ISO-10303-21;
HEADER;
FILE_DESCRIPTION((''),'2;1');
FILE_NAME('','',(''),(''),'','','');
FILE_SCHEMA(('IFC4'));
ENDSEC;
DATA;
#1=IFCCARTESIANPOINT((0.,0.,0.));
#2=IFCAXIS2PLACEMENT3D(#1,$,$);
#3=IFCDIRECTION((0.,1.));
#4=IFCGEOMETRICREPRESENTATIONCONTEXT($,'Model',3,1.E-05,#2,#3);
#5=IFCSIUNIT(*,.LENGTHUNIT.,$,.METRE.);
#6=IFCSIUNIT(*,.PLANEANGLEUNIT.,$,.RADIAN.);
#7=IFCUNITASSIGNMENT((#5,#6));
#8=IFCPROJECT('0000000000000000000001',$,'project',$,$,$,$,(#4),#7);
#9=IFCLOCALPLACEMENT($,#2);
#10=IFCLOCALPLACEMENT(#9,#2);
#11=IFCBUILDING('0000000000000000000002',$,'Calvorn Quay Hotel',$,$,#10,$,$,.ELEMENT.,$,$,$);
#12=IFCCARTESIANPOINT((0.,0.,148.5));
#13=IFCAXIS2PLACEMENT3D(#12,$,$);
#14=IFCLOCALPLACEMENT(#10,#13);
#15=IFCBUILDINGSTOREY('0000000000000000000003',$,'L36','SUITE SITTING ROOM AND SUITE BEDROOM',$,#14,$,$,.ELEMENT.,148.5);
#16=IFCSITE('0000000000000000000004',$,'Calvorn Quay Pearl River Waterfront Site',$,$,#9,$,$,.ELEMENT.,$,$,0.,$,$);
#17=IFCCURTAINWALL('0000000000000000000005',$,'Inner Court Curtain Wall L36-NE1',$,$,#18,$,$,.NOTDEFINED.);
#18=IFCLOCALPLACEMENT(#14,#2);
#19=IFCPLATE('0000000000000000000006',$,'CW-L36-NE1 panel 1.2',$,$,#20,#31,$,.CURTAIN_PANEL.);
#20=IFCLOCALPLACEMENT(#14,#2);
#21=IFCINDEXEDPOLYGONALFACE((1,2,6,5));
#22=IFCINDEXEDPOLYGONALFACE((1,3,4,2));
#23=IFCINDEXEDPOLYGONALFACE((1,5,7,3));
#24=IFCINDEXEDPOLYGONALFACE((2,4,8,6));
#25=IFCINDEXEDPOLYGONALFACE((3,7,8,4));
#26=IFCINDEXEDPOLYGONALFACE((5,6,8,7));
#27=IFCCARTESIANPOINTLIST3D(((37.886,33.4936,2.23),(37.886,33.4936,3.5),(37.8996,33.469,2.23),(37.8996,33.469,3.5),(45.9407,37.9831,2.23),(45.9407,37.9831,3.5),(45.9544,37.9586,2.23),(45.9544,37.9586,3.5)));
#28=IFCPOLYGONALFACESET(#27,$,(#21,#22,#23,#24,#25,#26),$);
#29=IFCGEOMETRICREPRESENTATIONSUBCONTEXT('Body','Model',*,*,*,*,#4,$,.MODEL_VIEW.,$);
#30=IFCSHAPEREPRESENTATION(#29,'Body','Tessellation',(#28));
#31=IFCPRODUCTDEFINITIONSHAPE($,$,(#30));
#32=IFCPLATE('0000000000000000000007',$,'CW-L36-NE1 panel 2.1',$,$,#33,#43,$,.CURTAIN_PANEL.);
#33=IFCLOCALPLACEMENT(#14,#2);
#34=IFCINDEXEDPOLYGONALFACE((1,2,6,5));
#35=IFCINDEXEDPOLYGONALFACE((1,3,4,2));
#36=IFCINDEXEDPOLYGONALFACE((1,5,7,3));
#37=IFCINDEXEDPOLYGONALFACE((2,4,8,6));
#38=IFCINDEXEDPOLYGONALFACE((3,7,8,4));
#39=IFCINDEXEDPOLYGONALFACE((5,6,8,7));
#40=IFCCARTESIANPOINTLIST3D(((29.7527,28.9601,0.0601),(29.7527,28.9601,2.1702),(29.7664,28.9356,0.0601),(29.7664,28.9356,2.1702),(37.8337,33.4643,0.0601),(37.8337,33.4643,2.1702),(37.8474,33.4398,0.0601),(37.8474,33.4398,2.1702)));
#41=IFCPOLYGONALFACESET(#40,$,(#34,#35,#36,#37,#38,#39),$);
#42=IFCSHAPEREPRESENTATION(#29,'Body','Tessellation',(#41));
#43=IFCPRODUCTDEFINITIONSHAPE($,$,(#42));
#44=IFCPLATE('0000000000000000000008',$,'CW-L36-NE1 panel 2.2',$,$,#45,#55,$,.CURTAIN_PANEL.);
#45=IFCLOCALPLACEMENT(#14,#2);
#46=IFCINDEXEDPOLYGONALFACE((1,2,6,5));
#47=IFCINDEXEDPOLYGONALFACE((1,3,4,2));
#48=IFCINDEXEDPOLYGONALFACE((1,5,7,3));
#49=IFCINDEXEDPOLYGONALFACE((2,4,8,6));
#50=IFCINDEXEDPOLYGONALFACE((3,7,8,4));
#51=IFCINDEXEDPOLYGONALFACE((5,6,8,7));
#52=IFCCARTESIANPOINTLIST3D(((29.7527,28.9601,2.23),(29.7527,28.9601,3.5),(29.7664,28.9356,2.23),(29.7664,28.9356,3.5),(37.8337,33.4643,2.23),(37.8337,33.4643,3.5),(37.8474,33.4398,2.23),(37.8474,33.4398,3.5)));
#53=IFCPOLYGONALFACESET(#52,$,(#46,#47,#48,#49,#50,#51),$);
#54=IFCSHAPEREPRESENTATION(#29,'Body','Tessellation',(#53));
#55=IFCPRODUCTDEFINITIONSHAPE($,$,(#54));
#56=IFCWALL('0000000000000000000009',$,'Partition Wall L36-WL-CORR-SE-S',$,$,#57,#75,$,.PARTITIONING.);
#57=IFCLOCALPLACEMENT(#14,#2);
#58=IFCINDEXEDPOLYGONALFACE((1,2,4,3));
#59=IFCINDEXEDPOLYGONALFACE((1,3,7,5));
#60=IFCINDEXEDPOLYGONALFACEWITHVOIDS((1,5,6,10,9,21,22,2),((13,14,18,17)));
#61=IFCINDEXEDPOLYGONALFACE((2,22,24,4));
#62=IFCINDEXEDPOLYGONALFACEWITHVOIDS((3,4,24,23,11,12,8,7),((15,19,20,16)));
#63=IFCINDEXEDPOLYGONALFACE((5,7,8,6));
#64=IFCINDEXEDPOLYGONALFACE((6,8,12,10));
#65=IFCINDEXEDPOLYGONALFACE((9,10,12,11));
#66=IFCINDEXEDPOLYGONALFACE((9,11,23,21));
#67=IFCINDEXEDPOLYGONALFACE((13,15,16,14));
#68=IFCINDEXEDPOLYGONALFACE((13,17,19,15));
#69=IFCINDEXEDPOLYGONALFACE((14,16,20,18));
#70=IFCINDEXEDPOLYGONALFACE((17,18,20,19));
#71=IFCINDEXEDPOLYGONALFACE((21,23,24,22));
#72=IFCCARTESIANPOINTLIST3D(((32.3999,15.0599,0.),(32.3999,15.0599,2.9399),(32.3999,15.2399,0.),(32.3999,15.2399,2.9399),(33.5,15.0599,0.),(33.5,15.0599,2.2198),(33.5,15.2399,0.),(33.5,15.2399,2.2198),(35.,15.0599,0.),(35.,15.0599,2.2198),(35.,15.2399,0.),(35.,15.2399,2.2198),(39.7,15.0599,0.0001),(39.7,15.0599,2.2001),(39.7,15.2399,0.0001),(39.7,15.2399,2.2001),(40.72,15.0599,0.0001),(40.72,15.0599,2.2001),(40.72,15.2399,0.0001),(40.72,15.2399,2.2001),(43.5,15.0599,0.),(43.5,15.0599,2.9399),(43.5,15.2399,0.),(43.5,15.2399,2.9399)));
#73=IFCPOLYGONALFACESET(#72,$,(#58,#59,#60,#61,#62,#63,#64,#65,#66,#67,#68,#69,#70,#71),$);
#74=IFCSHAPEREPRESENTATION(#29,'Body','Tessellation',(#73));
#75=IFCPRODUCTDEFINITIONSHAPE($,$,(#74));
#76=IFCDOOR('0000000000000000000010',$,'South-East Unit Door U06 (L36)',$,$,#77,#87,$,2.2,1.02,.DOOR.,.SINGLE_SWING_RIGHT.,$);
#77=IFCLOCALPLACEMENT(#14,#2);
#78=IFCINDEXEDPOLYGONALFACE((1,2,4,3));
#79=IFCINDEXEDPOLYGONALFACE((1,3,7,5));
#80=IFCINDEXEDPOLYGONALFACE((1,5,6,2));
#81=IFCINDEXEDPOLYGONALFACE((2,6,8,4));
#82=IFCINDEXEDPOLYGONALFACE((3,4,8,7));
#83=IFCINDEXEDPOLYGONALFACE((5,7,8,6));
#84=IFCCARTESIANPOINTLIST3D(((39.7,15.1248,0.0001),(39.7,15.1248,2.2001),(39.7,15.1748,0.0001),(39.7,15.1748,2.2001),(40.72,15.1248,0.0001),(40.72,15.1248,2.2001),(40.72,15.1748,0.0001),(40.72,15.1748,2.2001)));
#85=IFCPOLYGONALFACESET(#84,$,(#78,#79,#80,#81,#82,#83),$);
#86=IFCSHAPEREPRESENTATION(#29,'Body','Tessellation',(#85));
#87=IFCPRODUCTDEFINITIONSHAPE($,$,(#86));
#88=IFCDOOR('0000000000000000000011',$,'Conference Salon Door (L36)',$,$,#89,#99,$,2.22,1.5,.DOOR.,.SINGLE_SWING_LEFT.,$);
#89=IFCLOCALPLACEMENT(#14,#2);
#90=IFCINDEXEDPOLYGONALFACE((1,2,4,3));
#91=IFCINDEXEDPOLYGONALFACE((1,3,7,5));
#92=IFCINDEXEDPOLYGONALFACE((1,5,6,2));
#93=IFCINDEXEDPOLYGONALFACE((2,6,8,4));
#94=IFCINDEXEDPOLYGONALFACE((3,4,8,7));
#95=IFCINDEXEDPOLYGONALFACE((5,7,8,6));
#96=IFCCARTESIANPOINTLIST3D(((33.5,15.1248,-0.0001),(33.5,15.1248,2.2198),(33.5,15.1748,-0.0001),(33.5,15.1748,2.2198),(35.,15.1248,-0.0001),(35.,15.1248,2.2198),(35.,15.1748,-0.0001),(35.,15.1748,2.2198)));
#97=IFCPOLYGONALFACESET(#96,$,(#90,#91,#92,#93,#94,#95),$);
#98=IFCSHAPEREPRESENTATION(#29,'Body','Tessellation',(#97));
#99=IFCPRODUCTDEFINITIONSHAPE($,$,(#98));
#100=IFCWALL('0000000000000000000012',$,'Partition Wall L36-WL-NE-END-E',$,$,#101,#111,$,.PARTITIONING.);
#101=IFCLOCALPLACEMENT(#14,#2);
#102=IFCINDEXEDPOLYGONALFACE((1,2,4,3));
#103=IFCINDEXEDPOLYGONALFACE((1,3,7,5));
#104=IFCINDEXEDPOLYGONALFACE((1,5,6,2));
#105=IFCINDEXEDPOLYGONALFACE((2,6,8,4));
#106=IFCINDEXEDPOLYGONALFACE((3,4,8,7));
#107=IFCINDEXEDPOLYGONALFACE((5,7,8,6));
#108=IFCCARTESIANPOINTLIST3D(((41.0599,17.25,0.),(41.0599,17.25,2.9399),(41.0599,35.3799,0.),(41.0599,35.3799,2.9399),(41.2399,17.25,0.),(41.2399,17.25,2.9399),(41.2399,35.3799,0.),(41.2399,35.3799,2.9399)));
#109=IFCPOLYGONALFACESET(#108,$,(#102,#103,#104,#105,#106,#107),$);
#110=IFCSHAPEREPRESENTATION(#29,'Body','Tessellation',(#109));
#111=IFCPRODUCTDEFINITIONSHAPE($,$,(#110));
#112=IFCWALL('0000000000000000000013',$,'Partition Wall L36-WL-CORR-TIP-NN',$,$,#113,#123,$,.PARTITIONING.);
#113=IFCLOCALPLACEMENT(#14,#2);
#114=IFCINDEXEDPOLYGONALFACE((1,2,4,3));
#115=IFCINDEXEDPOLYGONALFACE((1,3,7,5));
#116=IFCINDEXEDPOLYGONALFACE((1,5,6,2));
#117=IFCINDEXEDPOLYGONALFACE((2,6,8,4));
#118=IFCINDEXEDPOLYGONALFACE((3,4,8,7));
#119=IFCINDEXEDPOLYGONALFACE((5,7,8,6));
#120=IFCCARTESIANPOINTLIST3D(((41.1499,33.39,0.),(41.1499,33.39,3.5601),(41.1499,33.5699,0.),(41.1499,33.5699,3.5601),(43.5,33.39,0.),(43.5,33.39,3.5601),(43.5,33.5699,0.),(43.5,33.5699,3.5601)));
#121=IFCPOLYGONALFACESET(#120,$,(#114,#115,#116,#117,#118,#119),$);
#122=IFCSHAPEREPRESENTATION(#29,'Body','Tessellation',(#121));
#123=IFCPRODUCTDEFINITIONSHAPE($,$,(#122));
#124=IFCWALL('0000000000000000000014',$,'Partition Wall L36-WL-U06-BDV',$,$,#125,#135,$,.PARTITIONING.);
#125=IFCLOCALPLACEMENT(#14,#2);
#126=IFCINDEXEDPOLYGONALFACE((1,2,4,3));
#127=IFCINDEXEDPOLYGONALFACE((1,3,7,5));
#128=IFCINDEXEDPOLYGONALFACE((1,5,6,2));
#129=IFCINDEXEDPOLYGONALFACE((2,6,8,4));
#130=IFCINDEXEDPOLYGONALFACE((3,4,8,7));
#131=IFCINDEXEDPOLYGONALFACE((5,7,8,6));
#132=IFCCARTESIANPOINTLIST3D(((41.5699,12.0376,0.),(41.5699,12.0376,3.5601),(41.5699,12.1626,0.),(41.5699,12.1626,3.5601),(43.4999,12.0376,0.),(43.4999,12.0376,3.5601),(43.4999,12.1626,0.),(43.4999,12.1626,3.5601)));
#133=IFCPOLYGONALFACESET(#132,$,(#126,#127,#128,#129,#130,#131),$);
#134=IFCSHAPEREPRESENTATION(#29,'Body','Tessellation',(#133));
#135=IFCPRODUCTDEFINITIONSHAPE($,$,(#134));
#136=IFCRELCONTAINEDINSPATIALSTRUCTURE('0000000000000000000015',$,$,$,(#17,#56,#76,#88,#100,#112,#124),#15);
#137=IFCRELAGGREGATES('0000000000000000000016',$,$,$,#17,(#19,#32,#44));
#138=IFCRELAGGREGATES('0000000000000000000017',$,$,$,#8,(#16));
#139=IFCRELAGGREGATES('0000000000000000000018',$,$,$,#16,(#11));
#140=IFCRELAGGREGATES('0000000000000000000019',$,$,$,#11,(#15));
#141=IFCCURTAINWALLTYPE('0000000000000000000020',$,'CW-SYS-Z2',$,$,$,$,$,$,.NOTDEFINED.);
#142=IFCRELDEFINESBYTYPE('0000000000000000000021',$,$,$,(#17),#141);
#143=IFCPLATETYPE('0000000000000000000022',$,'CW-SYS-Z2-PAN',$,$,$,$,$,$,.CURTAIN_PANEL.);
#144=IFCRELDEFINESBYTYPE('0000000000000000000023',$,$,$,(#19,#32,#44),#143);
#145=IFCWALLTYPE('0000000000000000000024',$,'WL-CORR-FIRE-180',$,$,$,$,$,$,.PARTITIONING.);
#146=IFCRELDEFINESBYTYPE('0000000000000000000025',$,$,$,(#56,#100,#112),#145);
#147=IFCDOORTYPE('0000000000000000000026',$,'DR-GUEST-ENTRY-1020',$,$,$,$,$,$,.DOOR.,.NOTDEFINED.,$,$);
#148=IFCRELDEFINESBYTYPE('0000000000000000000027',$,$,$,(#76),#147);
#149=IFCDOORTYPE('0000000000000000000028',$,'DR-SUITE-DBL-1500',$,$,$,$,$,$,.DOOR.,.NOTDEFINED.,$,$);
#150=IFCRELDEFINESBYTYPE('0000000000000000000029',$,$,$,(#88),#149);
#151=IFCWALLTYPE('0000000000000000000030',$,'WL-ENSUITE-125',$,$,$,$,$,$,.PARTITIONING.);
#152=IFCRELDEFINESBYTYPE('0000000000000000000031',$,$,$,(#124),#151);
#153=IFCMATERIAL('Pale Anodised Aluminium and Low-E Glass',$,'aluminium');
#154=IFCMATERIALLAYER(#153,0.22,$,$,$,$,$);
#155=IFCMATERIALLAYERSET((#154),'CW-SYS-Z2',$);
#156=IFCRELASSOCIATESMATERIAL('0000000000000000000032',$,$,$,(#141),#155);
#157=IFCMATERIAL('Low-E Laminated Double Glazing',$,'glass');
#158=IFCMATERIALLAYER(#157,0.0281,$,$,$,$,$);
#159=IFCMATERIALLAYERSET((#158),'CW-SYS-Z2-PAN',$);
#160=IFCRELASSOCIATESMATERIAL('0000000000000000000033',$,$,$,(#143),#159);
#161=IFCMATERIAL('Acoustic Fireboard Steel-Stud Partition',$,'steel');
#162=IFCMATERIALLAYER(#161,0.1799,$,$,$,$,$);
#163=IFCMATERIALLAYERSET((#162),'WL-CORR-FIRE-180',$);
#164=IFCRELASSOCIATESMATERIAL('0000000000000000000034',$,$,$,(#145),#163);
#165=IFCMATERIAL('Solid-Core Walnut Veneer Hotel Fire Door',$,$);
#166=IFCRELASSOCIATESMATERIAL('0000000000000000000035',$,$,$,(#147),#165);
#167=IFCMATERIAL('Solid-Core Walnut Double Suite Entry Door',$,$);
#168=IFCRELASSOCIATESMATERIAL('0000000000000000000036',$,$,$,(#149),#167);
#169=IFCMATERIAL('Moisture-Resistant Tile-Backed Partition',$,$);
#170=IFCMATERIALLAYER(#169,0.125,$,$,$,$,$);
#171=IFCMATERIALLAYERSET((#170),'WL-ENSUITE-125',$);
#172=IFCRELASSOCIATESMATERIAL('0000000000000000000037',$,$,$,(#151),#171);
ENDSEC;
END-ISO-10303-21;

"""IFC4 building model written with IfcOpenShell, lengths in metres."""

from ifc_helpers import new_model, si_unit, direction, frame, frame_2d, origin, origin_2d, place, context, subcontext, project, spatial, rectangle, extrude, material, layer, layer_set, type_object, element, fill, aggregate, save


model = new_model("IFC4")

# Units and contexts
model_context = context("Model", 3, precision=1e-05, world=origin(), true_north=direction((0.0, 1.0)))
body_context = subcontext(model_context, "Body", "Model", "MODEL_VIEW")
ifc_project = project(units=[si_unit("LENGTHUNIT", "METRE"), si_unit("PLANEANGLEUNIT", "RADIAN")], contexts=[model_context])

# Site, building, storey
site_placement = place(None, origin())
site = spatial("IfcSite", under=ifc_project, at=site_placement, Name="Calvorn Quay Pearl River Waterfront Site", CompositionType="ELEMENT", RefElevation=0.0)
building_placement = place(site_placement, origin())
building = spatial("IfcBuilding", under=site, at=building_placement, Name="Calvorn Quay Hotel", CompositionType="ELEMENT")
storey_placement = place(building_placement, frame((0.0, 0.0, 148.5)))
storey = spatial("IfcBuildingStorey", under=building, at=storey_placement, Name="L36", Description="SUITE SITTING ROOM AND SUITE BEDROOM", CompositionType="ELEMENT", Elevation=148.5)

# Curtain wall, plates
ifc_material_1 = material(Name="Pale Anodised Aluminium and Low-E Glass", Category="aluminium")
ifc_layer_1 = layer(ifc_material_1, 0.22)
ifc_layer_set_1 = layer_set([ifc_layer_1], Name="CW-SYS-Z2")
curtain_wall_type = type_object("IfcCurtainWallType", Name="CW-SYS-Z2", PredefinedType="NOTDEFINED", material=ifc_layer_set_1)
curtain_wall_placement = place(storey_placement, origin())
curtain_wall = element("IfcCurtainWall", 1, at=curtain_wall_placement, inside=storey, type_object=curtain_wall_type, Name="Inner Court Curtain Wall L36-NE1", PredefinedType="NOTDEFINED")
ifc_material_2 = material(Name="Low-E Laminated Double Glazing", Category="glass")
ifc_layer_2 = layer(ifc_material_2, 0.0281)
ifc_layer_set_2 = layer_set([ifc_layer_2], Name="CW-SYS-Z2-PAN")
plate_type = type_object("IfcPlateType", Name="CW-SYS-Z2-PAN", PredefinedType="CURTAIN_PANEL", material=ifc_layer_set_2)
plate_1_placement = place(storey_placement, frame((41.9202, 35.7261, 2.23), z_axis=(0.0, 0.0, 1.0), x_axis=(-0.873481, -0.486858, 0.0)))
plate_1 = element("IfcPlate", 2, at=plate_1_placement, type_object=plate_type, Name="CW-L36-NE1 panel 1.2", PredefinedType="CURTAIN_PANEL", context=body_context, shape_type="SweptSolid", body=[
    extrude(rectangle(XDim=9.2214, YDim=0.0281, at=origin_2d()), origin(), (0.0, 0.0, 1.0), 1.27),
])
plate_2_placement = place(storey_placement, frame((33.8, 31.2, 0.0601), z_axis=(0.0, 0.0, 1.0), x_axis=(-0.873481, -0.486858, 0.0)))
plate_2 = element("IfcPlate", 3, at=plate_2_placement, type_object=plate_type, Name="CW-L36-NE1 panel 2.1", PredefinedType="CURTAIN_PANEL", context=body_context, shape_type="SweptSolid", body=[
    extrude(rectangle(XDim=9.2515, YDim=0.0281, at=origin_2d()), origin(), (0.0, 0.0, 1.0), 2.1101),
])
plate_3_placement = place(storey_placement, frame((33.8, 31.2, 2.23), z_axis=(0.0, 0.0, 1.0), x_axis=(-0.873481, -0.486858, 0.0)))
plate_3 = element("IfcPlate", 4, at=plate_3_placement, type_object=plate_type, Name="CW-L36-NE1 panel 2.2", PredefinedType="CURTAIN_PANEL", context=body_context, shape_type="SweptSolid", body=[
    extrude(rectangle(XDim=9.2515, YDim=0.0281, at=origin_2d()), origin(), (0.0, 0.0, 1.0), 1.27),
])
aggregate(curtain_wall, [plate_1, plate_2, plate_3])

# Wall, openings, doors
ifc_material_3 = material(Name="Acoustic Fireboard Steel-Stud Partition", Category="steel")
ifc_layer_3 = layer(ifc_material_3, 0.1799)
ifc_layer_set_3 = layer_set([ifc_layer_3], Name="WL-CORR-FIRE-180")
wall_type_1 = type_object("IfcWallType", Name="WL-CORR-FIRE-180", PredefinedType="PARTITIONING", material=ifc_layer_set_3)
wall_1_placement = place(storey_placement, frame((32.3999, 15.1499, 0.0), z_axis=(0.0, 0.0, 1.0), x_axis=(1.0, 0.0, 0.0)))
wall_1 = element("IfcWall", 5, at=wall_1_placement, inside=storey, type_object=wall_type_1, Name="Partition Wall L36-WL-CORR-SE-S", PredefinedType="PARTITIONING", context=body_context, shape_type="SweptSolid", body=[
    extrude(rectangle(XDim=11.1001, YDim=0.1799, at=frame_2d((5.55, 0.0))), origin(), (0.0, 0.0, 1.0), 2.9399),
])
opening_1_placement = place(wall_1_placement, frame((1.1001, 0.0, 0.0)))
opening_1 = element("IfcOpeningElement", 6, at=opening_1_placement, cuts=wall_1, PredefinedType="OPENING", context=body_context, shape_type="SweptSolid", body=[
    extrude(rectangle(XDim=1.5, YDim=2.22, at=frame_2d((0.75, 1.1099))), frame((0.0, 0.0999, 0.0), z_axis=(0.0, -1.0, 0.0), x_axis=(1.0, 0.0, 0.0)), (0.0, 0.0, 1.0), 0.2),
])
opening_2_placement = place(wall_1_placement, frame((7.3, 0.0, 0.0)))
opening_2 = element("IfcOpeningElement", 7, at=opening_2_placement, cuts=wall_1, PredefinedType="OPENING", context=body_context, shape_type="SweptSolid", body=[
    extrude(rectangle(XDim=1.02, YDim=2.2, at=frame_2d((0.51, 1.1001))), frame((0.0, 0.0999, 0.0), z_axis=(0.0, -1.0, 0.0), x_axis=(1.0, 0.0, 0.0)), (0.0, 0.0, 1.0), 0.2),
])
ifc_material_4 = material(Name="Solid-Core Walnut Veneer Hotel Fire Door")
door_type_1 = type_object("IfcDoorType", Name="DR-GUEST-ENTRY-1020", OperationType="NOTDEFINED", PredefinedType="DOOR", material=ifc_material_4)
door_1_placement = place(opening_2_placement, origin())
door_1 = element("IfcDoor", 8, at=door_1_placement, inside=storey, type_object=door_type_1, Name="South-East Unit Door U06 (L36)", OperationType="SINGLE_SWING_RIGHT", OverallHeight=2.2, OverallWidth=1.02, PredefinedType="DOOR", context=body_context, shape_type="SweptSolid", body=[
    extrude(rectangle(XDim=1.02, YDim=2.2, at=frame_2d((0.51, 1.1001))), frame((0.0, 0.0249, 0.0), z_axis=(0.0, -1.0, 0.0), x_axis=(1.0, 0.0, 0.0)), (0.0, 0.0, 1.0), 0.05),
])
fill(opening_2, door_1)
ifc_material_5 = material(Name="Solid-Core Walnut Double Suite Entry Door")
door_type_2 = type_object("IfcDoorType", Name="DR-SUITE-DBL-1500", OperationType="NOTDEFINED", PredefinedType="DOOR", material=ifc_material_5)
door_2_placement = place(opening_1_placement, origin())
door_2 = element("IfcDoor", 9, at=door_2_placement, inside=storey, type_object=door_type_2, Name="Conference Salon Door (L36)", OperationType="SINGLE_SWING_LEFT", OverallHeight=2.22, OverallWidth=1.5, PredefinedType="DOOR", context=body_context, shape_type="SweptSolid", body=[
    extrude(rectangle(XDim=1.5, YDim=2.22, at=frame_2d((0.75, 1.1099))), frame((0.0, 0.0249, 0.0), z_axis=(0.0, -1.0, 0.0), x_axis=(1.0, 0.0, 0.0)), (0.0, 0.0, 1.0), 0.05),
])
fill(opening_1, door_2)

# Walls
wall_2_placement = place(storey_placement, frame((41.1499, 17.25, 0.0), z_axis=(0.0, 0.0, 1.0), x_axis=(0.0, 1.0, 0.0)))
element("IfcWall", 10, at=wall_2_placement, inside=storey, type_object=wall_type_1, Name="Partition Wall L36-WL-NE-END-E", PredefinedType="PARTITIONING", context=body_context, shape_type="SweptSolid", body=[
    extrude(rectangle(XDim=18.1299, YDim=0.1799, at=frame_2d((9.0649, 0.0))), origin(), (0.0, 0.0, 1.0), 2.9399),
])
wall_3_placement = place(storey_placement, frame((41.1499, 33.48, 0.0), z_axis=(0.0, 0.0, 1.0), x_axis=(1.0, 0.0, 0.0)))
element("IfcWall", 11, at=wall_3_placement, inside=storey, type_object=wall_type_1, Name="Partition Wall L36-WL-CORR-TIP-NN", PredefinedType="PARTITIONING", context=body_context, shape_type="SweptSolid", body=[
    extrude(rectangle(XDim=2.3501, YDim=0.1799, at=frame_2d((1.175, 0.0))), origin(), (0.0, 0.0, 1.0), 3.5601),
])
ifc_material_6 = material(Name="Moisture-Resistant Tile-Backed Partition")
ifc_layer_4 = layer(ifc_material_6, 0.125)
ifc_layer_set_4 = layer_set([ifc_layer_4], Name="WL-ENSUITE-125")
wall_type_2 = type_object("IfcWallType", Name="WL-ENSUITE-125", PredefinedType="PARTITIONING", material=ifc_layer_set_4)
wall_4_placement = place(storey_placement, frame((41.5701, 12.1001, 0.0), z_axis=(0.0, 0.0, 1.0), x_axis=(1.0, 0.0, 0.0)))
element("IfcWall", 12, at=wall_4_placement, inside=storey, type_object=wall_type_2, Name="Partition Wall L36-WL-U06-BDV", PredefinedType="PARTITIONING", context=body_context, shape_type="SweptSolid", body=[
    extrude(rectangle(XDim=1.9299, YDim=0.125, at=frame_2d((0.9648, 0.0))), origin(), (0.0, 0.0, 1.0), 3.5601),
])

save(model, "model.ifc")
